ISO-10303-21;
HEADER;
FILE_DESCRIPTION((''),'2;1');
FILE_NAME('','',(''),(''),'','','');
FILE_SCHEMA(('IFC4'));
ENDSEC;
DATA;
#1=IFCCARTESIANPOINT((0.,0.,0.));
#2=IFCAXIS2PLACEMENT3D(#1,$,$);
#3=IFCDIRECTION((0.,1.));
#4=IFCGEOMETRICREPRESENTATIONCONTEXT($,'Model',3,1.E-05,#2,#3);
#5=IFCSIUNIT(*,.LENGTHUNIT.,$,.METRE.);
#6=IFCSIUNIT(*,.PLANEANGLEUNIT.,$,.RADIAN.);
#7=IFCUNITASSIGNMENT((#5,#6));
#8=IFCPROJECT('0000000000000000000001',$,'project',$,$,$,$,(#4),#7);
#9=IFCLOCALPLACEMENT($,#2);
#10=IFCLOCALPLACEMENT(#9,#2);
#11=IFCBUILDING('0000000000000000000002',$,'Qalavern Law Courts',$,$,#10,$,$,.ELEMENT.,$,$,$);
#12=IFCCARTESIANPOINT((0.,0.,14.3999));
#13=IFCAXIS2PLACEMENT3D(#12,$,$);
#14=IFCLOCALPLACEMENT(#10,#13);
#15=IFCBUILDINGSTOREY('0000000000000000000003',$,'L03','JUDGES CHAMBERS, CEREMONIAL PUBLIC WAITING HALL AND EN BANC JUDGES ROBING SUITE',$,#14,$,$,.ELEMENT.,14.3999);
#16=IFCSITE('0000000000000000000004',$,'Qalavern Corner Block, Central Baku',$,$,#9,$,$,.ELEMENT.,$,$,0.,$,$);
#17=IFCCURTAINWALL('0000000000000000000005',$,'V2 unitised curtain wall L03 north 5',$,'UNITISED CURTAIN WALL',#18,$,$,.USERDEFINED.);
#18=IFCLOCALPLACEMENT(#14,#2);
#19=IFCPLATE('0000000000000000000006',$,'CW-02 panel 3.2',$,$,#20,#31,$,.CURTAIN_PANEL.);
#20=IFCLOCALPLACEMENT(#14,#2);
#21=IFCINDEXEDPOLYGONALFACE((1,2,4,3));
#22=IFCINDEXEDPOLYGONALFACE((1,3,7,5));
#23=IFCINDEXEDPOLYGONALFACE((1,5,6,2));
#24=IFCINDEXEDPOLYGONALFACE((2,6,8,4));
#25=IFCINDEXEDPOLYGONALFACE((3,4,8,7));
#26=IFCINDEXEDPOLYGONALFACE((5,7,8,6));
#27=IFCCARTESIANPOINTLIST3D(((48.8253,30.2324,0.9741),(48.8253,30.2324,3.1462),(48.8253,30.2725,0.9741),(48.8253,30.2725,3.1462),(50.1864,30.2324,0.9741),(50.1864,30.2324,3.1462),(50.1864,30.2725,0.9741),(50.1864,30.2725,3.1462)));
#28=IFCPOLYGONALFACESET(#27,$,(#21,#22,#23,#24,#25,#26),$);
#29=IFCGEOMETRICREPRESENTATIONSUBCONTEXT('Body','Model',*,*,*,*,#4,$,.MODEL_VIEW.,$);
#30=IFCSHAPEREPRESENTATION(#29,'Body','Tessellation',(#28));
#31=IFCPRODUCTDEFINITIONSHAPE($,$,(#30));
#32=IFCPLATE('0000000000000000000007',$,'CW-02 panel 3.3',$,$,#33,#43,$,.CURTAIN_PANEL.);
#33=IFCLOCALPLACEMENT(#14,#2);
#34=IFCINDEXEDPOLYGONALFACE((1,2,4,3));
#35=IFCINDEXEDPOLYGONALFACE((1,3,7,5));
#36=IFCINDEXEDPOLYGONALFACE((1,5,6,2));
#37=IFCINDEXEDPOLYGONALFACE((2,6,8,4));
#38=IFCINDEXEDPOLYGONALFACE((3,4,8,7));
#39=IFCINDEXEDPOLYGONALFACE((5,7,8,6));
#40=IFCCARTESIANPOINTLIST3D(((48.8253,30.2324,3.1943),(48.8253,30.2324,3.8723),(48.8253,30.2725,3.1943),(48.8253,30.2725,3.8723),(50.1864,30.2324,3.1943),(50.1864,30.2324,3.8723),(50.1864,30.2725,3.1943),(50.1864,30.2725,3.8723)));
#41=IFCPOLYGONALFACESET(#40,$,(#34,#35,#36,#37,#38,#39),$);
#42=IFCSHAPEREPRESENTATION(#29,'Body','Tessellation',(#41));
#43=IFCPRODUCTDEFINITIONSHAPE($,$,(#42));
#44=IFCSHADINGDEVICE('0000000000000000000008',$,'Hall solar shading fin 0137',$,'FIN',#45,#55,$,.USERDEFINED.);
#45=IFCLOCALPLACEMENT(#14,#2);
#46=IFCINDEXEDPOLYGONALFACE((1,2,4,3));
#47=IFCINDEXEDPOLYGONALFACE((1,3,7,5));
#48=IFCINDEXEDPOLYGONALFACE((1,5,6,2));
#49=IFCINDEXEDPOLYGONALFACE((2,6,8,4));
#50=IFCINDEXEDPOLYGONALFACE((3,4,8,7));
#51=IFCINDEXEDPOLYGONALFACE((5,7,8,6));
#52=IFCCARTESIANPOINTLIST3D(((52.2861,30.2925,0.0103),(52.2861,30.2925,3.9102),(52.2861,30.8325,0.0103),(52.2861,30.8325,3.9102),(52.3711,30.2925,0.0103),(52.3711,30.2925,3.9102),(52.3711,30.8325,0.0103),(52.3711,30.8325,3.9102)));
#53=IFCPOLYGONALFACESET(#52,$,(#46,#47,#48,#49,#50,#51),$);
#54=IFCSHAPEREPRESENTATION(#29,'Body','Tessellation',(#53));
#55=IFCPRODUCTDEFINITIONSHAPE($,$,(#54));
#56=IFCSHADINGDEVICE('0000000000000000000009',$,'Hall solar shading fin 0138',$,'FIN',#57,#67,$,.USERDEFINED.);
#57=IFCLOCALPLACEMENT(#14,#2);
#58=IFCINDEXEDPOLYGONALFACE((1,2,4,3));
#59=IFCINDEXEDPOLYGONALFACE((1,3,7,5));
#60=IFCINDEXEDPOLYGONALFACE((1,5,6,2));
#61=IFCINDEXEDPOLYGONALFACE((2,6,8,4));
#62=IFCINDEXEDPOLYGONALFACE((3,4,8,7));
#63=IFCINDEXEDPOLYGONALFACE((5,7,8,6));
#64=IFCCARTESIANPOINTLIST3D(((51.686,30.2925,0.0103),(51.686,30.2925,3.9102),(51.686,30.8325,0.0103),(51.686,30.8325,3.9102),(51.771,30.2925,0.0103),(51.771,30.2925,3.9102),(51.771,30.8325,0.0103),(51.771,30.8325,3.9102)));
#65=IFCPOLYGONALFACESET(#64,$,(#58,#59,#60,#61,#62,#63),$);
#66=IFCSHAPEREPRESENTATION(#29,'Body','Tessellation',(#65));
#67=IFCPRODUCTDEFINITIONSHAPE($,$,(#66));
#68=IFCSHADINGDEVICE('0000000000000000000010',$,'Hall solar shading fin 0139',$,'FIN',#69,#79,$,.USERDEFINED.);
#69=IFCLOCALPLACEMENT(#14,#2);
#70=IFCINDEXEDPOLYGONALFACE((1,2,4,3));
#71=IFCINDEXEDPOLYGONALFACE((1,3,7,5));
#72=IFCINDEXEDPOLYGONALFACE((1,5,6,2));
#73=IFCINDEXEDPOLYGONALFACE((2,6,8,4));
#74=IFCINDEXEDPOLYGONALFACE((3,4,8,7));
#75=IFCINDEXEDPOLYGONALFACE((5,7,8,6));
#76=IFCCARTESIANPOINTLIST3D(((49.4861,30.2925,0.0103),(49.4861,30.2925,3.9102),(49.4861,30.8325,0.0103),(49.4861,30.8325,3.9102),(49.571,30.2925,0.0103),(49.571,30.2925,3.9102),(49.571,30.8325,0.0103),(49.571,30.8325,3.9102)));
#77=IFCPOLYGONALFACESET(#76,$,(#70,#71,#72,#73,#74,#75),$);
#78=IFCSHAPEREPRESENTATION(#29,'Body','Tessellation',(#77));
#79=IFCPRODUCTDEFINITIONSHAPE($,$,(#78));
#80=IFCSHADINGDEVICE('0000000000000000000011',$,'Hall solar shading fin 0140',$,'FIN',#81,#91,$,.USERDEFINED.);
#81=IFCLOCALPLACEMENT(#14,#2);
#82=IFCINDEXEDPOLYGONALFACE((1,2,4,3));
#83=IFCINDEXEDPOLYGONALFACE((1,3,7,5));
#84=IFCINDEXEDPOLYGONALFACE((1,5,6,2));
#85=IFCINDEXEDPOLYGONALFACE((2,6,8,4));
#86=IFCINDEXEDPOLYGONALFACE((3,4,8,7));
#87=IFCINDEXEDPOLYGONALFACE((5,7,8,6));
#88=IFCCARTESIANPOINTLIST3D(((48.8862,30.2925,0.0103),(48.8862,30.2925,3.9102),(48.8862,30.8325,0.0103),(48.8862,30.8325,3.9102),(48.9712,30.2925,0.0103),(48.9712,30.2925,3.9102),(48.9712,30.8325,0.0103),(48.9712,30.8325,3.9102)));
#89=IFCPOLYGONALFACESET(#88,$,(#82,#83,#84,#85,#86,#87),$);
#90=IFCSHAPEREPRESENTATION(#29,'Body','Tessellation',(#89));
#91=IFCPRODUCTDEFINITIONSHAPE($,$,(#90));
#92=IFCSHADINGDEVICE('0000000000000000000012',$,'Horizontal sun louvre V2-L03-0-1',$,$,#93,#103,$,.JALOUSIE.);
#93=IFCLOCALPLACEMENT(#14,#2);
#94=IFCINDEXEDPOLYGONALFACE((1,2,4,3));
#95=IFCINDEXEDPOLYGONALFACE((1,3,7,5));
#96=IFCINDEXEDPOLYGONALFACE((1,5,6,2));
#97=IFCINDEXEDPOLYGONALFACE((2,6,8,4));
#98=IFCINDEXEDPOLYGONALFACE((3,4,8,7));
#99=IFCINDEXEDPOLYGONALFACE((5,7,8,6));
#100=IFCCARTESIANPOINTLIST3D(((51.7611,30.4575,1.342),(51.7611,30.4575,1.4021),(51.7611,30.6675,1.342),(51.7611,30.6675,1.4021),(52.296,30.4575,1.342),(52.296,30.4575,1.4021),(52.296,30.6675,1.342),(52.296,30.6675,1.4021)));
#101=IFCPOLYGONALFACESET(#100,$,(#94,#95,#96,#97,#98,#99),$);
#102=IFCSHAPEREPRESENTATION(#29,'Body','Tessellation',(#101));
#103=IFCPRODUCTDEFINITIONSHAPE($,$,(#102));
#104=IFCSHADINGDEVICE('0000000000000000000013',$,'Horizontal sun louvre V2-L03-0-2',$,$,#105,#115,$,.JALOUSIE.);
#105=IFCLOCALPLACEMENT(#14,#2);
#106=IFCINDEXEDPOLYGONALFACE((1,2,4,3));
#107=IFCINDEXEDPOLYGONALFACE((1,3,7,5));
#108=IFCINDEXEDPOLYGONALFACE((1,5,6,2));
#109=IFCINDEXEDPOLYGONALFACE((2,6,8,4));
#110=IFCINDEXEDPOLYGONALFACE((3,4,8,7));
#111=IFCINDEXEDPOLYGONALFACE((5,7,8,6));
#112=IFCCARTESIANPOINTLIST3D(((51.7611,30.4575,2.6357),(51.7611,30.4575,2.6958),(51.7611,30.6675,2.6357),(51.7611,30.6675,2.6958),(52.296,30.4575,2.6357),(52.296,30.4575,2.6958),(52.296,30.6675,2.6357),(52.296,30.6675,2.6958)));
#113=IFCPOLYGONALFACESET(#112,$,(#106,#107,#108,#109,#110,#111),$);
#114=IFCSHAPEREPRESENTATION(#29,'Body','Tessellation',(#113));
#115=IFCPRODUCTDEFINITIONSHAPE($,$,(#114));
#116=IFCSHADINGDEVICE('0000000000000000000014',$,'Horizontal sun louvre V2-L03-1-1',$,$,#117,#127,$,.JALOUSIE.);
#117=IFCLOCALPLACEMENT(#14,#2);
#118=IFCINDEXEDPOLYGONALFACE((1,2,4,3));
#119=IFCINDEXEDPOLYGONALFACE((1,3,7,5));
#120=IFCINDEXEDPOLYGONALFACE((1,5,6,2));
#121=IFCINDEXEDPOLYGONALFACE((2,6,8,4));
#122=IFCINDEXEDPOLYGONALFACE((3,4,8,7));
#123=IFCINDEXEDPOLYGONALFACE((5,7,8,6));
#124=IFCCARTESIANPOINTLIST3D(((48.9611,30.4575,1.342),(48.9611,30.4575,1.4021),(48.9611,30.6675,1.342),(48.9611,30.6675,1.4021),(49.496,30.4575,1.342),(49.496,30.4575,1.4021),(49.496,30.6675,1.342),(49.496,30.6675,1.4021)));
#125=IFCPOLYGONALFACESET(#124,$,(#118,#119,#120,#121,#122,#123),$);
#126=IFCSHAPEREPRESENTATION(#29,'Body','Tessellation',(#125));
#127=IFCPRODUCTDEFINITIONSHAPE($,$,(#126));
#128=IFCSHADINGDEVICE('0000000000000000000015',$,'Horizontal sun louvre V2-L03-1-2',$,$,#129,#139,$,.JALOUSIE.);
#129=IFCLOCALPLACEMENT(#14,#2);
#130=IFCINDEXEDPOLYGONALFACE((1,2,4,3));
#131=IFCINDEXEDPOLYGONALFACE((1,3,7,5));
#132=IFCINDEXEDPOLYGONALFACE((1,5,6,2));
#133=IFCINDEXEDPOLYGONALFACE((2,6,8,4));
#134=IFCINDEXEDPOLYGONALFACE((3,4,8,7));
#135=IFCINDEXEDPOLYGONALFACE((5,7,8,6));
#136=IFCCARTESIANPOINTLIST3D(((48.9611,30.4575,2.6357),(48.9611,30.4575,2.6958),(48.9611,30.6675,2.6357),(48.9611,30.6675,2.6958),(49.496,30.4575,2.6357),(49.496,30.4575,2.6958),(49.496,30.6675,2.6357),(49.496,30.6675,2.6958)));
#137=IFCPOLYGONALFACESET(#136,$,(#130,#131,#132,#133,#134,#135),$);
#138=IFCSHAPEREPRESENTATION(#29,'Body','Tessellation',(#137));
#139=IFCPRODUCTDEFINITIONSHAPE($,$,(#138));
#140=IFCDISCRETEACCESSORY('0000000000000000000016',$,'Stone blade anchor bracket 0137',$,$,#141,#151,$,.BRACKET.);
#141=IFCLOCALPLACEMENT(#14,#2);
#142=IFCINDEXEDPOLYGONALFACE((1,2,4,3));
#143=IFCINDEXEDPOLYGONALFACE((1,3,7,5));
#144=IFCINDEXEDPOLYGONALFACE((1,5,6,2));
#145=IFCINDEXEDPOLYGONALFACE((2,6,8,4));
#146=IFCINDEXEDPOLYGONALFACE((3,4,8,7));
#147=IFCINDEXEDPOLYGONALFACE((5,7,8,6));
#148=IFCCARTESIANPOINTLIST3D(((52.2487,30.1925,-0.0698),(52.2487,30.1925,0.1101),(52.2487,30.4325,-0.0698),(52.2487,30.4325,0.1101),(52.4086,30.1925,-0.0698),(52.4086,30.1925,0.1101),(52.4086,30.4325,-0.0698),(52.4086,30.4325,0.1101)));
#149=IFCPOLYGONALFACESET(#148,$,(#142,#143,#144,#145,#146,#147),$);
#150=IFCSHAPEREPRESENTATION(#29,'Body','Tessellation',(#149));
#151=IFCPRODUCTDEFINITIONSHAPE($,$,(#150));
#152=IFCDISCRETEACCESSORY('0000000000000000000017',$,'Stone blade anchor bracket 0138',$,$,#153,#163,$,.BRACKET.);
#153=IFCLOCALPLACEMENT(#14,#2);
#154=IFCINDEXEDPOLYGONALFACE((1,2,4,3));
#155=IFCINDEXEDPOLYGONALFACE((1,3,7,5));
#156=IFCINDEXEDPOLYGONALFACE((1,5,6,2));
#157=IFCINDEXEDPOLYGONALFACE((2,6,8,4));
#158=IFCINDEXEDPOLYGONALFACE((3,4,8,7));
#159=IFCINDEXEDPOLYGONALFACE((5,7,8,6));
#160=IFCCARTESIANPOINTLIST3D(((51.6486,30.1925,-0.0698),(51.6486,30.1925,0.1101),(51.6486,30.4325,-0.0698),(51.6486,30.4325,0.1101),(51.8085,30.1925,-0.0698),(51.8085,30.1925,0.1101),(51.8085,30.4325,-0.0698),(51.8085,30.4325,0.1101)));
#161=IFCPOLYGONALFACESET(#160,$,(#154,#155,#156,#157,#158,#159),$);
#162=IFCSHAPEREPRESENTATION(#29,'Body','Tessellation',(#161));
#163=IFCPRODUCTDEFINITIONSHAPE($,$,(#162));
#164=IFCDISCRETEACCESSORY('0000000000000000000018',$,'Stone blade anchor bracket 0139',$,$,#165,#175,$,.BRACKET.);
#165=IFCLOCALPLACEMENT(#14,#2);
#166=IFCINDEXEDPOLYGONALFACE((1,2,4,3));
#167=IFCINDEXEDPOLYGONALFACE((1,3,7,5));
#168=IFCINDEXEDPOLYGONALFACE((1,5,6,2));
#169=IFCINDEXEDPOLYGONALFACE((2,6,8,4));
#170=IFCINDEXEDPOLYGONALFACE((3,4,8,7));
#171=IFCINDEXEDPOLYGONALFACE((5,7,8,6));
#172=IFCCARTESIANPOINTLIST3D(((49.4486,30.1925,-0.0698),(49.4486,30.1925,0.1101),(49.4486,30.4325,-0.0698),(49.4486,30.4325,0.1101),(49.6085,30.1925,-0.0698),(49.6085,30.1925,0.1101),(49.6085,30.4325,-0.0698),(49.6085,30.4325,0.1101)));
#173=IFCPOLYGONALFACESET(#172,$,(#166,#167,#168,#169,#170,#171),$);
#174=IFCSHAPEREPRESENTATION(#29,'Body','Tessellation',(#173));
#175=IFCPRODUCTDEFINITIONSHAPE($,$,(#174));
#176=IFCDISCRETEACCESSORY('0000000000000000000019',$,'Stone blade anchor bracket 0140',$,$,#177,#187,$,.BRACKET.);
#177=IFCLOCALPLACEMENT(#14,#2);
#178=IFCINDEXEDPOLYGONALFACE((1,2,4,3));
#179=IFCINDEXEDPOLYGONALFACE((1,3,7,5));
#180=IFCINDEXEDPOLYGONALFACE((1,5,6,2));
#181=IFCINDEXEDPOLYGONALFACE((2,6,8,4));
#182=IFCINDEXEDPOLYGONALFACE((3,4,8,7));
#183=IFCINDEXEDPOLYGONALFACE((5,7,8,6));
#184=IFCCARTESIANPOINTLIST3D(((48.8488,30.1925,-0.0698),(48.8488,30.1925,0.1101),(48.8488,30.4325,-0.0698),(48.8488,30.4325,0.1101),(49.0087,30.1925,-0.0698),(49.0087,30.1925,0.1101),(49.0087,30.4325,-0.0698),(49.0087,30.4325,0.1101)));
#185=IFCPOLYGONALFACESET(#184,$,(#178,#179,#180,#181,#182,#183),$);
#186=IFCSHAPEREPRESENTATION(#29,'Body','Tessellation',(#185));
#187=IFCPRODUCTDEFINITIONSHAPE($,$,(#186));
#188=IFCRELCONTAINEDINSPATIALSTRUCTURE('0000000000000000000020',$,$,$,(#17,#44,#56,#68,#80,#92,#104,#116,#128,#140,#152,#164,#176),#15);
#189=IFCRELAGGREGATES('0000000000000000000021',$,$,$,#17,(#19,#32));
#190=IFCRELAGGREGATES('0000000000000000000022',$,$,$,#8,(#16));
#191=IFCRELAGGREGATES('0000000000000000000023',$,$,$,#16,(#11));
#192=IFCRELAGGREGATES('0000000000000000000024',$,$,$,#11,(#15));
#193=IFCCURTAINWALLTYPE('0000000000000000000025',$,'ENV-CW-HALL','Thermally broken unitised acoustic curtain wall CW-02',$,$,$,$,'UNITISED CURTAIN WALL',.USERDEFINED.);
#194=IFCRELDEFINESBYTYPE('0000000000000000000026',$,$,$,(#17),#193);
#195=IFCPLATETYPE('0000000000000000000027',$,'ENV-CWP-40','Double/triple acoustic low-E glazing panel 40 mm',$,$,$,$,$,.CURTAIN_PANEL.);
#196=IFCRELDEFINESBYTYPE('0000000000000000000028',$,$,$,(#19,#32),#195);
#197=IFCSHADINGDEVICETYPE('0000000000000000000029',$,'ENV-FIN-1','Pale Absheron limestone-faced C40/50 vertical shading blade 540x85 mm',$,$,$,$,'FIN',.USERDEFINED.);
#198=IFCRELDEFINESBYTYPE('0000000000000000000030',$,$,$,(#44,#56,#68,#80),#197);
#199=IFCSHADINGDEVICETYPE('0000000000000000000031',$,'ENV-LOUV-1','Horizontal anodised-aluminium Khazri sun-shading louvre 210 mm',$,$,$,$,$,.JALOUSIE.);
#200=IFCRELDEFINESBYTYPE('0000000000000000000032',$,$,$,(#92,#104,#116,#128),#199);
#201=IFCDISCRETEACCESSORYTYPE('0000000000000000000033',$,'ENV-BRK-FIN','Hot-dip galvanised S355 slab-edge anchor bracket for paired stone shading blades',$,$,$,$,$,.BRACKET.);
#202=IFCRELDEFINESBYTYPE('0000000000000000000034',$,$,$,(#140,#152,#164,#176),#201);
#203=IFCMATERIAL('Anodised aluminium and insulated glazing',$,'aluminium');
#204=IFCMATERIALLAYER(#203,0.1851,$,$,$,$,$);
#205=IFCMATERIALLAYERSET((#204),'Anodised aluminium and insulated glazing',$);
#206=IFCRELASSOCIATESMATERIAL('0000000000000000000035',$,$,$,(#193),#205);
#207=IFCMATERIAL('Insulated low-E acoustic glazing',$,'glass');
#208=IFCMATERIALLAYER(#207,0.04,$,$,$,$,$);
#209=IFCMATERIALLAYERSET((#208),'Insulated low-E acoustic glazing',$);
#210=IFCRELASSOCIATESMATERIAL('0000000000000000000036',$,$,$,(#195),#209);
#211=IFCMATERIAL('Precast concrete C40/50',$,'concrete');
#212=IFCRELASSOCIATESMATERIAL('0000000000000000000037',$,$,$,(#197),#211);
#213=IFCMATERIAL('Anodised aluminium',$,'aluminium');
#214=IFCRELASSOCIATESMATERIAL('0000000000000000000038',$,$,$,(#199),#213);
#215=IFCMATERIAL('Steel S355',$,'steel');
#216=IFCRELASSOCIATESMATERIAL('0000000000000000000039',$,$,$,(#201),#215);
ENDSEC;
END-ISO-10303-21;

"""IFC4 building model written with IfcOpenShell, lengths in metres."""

from ifc_helpers import new_model, si_unit, direction, frame, origin, origin_2d, place, context, subcontext, project, spatial, rectangle, extrude, material, layer, layer_set, type_object, element, aggregate, save


model = new_model("IFC4")

# Units and contexts
model_context = context("Model", 3, precision=1e-05, world=origin(), true_north=direction((0.0, 1.0)))
body_context = subcontext(model_context, "Body", "Model", "MODEL_VIEW")
ifc_project = project(units=[si_unit("LENGTHUNIT", "METRE"), si_unit("PLANEANGLEUNIT", "RADIAN")], contexts=[model_context])

# Site, building, storey
site_placement = place(None, origin())
site = spatial("IfcSite", under=ifc_project, at=site_placement, Name="Qalavern Corner Block, Central Baku", CompositionType="ELEMENT", RefElevation=0.0)
building_placement = place(site_placement, origin())
building = spatial("IfcBuilding", under=site, at=building_placement, Name="Qalavern Law Courts", CompositionType="ELEMENT")
storey_placement = place(building_placement, frame((0.0, 0.0, 14.3999)))
storey = spatial("IfcBuildingStorey", under=building, at=storey_placement, Name="L03", Description="JUDGES CHAMBERS, CEREMONIAL PUBLIC WAITING HALL AND EN BANC JUDGES ROBING SUITE", CompositionType="ELEMENT", Elevation=14.3999)

# Curtain wall, plates
ifc_material_1 = material(Name="Anodised aluminium and insulated glazing", Category="aluminium")
ifc_layer_1 = layer(ifc_material_1, 0.1851)
ifc_layer_set_1 = layer_set([ifc_layer_1], Name="Anodised aluminium and insulated glazing")
curtain_wall_type = type_object("IfcCurtainWallType", Name="ENV-CW-HALL", Description="Thermally broken unitised acoustic curtain wall CW-02", ElementType="UNITISED CURTAIN WALL", PredefinedType="USERDEFINED", material=ifc_layer_set_1)
curtain_wall_placement = place(storey_placement, origin())
curtain_wall = element("IfcCurtainWall", 1, at=curtain_wall_placement, inside=storey, type_object=curtain_wall_type, Name="V2 unitised curtain wall L03 north 5", ObjectType="UNITISED CURTAIN WALL", PredefinedType="USERDEFINED")
ifc_material_2 = material(Name="Anodised aluminium", Category="aluminium")
ifc_material_3 = material(Name="Insulated low-E acoustic glazing", Category="glass")
ifc_layer_2 = layer(ifc_material_3, 0.04)
ifc_layer_set_2 = layer_set([ifc_layer_2], Name="Insulated low-E acoustic glazing")
plate_type = type_object("IfcPlateType", Name="ENV-CWP-40", Description="Double/triple acoustic low-E glazing panel 40 mm", PredefinedType="CURTAIN_PANEL", material=ifc_layer_set_2)
plate_1_placement = place(storey_placement, frame((49.5059, 30.2524, 0.9741), z_axis=(0.0, 0.0, 1.0), x_axis=(-1.0, 0.0, 0.0)))
plate_1 = element("IfcPlate", 2, at=plate_1_placement, type_object=plate_type, Name="CW-02 panel 3.2", PredefinedType="CURTAIN_PANEL", context=body_context, shape_type="SweptSolid", body=[
    extrude(rectangle(XDim=1.3611, YDim=0.04, at=origin_2d()), origin(), (0.0, 0.0, 1.0), 2.1721),
])
plate_2_placement = place(storey_placement, frame((49.5059, 30.2524, 3.1943), z_axis=(0.0, 0.0, 1.0), x_axis=(-1.0, 0.0, 0.0)))
plate_2 = element("IfcPlate", 3, at=plate_2_placement, type_object=plate_type, Name="CW-02 panel 3.3", PredefinedType="CURTAIN_PANEL", context=body_context, shape_type="SweptSolid", body=[
    extrude(rectangle(XDim=1.3611, YDim=0.04, at=origin_2d()), origin(), (0.0, 0.0, 1.0), 0.678),
])
aggregate(curtain_wall, [plate_1, plate_2])

# Shading devices
ifc_material_4 = material(Name="Precast concrete C40/50", Category="concrete")
shading_device_type_1 = type_object("IfcShadingDeviceType", Name="ENV-FIN-1", Description="Pale Absheron limestone-faced C40/50 vertical shading blade 540x85 mm", ElementType="FIN", PredefinedType="USERDEFINED", material=ifc_material_4)
for number, where, z_axis, x_axis, name in (
    (4, (52.3286, 30.5625, 0.0103), (0.0, 0.0, 1.0), (0.0, 1.0, 0.0), "Hall solar shading fin 0137"),
    (5, (51.7285, 30.5625, 0.0103), (0.0, 0.0, 1.0), (0.0, 1.0, 0.0), "Hall solar shading fin 0138"),
    (6, (49.5286, 30.5625, 0.0103), (0.0, 0.0, 1.0), (0.0, 1.0, 0.0), "Hall solar shading fin 0139"),
    (7, (48.9287, 30.5625, 0.0103), (0.0, 0.0, 1.0), (0.0, 1.0, 0.0), "Hall solar shading fin 0140"),
):
    element("IfcShadingDevice", number, at=place(storey_placement, frame(where, z_axis=z_axis, x_axis=x_axis)), inside=storey, type_object=shading_device_type_1, Name=name, ObjectType="FIN", PredefinedType="USERDEFINED", context=body_context, shape_type="SweptSolid", body=[
        extrude(rectangle(XDim=0.54, YDim=0.085, at=origin_2d()), origin(), (0.0, 0.0, 1.0), 3.8999),
    ])
shading_device_type_2 = type_object("IfcShadingDeviceType", Name="ENV-LOUV-1", Description="Horizontal anodised-aluminium Khazri sun-shading louvre 210 mm", PredefinedType="JALOUSIE", material=ifc_material_2)
for number, where, z_axis, x_axis, name in (
    (8, (52.0286, 30.5625, 1.342), (0.0, 0.0, 1.0), (-1.0, 0.0, 0.0), "Horizontal sun louvre V2-L03-0-1"),
    (9, (52.0286, 30.5625, 2.6357), (0.0, 0.0, 1.0), (-1.0, 0.0, 0.0), "Horizontal sun louvre V2-L03-0-2"),
    (10, (49.2285, 30.5625, 1.342), (0.0, 0.0, 1.0), (-1.0, 0.0, 0.0), "Horizontal sun louvre V2-L03-1-1"),
    (11, (49.2285, 30.5625, 2.6357), (0.0, 0.0, 1.0), (-1.0, 0.0, 0.0), "Horizontal sun louvre V2-L03-1-2"),
):
    element("IfcShadingDevice", number, at=place(storey_placement, frame(where, z_axis=z_axis, x_axis=x_axis)), inside=storey, type_object=shading_device_type_2, Name=name, PredefinedType="JALOUSIE", context=body_context, shape_type="SweptSolid", body=[
        extrude(rectangle(XDim=0.5349, YDim=0.21, at=origin_2d()), origin(), (0.0, 0.0, 1.0), 0.0601),
    ])

# Discrete accessories
ifc_material_5 = material(Name="Steel S355", Category="steel")
discrete_accessory_type = type_object("IfcDiscreteAccessoryType", Name="ENV-BRK-FIN", Description="Hot-dip galvanised S355 slab-edge anchor bracket for paired stone shading blades", PredefinedType="BRACKET", material=ifc_material_5)
for number, where, z_axis, x_axis, name in (
    (12, (52.3286, 30.3125, -0.0698), (0.0, 0.0, 1.0), (0.0, 1.0, 0.0), "Stone blade anchor bracket 0137"),
    (13, (51.7285, 30.3125, -0.0698), (0.0, 0.0, 1.0), (0.0, 1.0, 0.0), "Stone blade anchor bracket 0138"),
    (14, (49.5286, 30.3125, -0.0698), (0.0, 0.0, 1.0), (0.0, 1.0, 0.0), "Stone blade anchor bracket 0139"),
    (15, (48.9287, 30.3125, -0.0698), (0.0, 0.0, 1.0), (0.0, 1.0, 0.0), "Stone blade anchor bracket 0140"),
):
    element("IfcDiscreteAccessory", number, at=place(storey_placement, frame(where, z_axis=z_axis, x_axis=x_axis)), inside=storey, type_object=discrete_accessory_type, Name=name, PredefinedType="BRACKET", context=body_context, shape_type="SweptSolid", body=[
        extrude(rectangle(XDim=0.24, YDim=0.1599, at=origin_2d()), origin(), (0.0, 0.0, 1.0), 0.1799),
    ])

save(model, "model.ifc")
